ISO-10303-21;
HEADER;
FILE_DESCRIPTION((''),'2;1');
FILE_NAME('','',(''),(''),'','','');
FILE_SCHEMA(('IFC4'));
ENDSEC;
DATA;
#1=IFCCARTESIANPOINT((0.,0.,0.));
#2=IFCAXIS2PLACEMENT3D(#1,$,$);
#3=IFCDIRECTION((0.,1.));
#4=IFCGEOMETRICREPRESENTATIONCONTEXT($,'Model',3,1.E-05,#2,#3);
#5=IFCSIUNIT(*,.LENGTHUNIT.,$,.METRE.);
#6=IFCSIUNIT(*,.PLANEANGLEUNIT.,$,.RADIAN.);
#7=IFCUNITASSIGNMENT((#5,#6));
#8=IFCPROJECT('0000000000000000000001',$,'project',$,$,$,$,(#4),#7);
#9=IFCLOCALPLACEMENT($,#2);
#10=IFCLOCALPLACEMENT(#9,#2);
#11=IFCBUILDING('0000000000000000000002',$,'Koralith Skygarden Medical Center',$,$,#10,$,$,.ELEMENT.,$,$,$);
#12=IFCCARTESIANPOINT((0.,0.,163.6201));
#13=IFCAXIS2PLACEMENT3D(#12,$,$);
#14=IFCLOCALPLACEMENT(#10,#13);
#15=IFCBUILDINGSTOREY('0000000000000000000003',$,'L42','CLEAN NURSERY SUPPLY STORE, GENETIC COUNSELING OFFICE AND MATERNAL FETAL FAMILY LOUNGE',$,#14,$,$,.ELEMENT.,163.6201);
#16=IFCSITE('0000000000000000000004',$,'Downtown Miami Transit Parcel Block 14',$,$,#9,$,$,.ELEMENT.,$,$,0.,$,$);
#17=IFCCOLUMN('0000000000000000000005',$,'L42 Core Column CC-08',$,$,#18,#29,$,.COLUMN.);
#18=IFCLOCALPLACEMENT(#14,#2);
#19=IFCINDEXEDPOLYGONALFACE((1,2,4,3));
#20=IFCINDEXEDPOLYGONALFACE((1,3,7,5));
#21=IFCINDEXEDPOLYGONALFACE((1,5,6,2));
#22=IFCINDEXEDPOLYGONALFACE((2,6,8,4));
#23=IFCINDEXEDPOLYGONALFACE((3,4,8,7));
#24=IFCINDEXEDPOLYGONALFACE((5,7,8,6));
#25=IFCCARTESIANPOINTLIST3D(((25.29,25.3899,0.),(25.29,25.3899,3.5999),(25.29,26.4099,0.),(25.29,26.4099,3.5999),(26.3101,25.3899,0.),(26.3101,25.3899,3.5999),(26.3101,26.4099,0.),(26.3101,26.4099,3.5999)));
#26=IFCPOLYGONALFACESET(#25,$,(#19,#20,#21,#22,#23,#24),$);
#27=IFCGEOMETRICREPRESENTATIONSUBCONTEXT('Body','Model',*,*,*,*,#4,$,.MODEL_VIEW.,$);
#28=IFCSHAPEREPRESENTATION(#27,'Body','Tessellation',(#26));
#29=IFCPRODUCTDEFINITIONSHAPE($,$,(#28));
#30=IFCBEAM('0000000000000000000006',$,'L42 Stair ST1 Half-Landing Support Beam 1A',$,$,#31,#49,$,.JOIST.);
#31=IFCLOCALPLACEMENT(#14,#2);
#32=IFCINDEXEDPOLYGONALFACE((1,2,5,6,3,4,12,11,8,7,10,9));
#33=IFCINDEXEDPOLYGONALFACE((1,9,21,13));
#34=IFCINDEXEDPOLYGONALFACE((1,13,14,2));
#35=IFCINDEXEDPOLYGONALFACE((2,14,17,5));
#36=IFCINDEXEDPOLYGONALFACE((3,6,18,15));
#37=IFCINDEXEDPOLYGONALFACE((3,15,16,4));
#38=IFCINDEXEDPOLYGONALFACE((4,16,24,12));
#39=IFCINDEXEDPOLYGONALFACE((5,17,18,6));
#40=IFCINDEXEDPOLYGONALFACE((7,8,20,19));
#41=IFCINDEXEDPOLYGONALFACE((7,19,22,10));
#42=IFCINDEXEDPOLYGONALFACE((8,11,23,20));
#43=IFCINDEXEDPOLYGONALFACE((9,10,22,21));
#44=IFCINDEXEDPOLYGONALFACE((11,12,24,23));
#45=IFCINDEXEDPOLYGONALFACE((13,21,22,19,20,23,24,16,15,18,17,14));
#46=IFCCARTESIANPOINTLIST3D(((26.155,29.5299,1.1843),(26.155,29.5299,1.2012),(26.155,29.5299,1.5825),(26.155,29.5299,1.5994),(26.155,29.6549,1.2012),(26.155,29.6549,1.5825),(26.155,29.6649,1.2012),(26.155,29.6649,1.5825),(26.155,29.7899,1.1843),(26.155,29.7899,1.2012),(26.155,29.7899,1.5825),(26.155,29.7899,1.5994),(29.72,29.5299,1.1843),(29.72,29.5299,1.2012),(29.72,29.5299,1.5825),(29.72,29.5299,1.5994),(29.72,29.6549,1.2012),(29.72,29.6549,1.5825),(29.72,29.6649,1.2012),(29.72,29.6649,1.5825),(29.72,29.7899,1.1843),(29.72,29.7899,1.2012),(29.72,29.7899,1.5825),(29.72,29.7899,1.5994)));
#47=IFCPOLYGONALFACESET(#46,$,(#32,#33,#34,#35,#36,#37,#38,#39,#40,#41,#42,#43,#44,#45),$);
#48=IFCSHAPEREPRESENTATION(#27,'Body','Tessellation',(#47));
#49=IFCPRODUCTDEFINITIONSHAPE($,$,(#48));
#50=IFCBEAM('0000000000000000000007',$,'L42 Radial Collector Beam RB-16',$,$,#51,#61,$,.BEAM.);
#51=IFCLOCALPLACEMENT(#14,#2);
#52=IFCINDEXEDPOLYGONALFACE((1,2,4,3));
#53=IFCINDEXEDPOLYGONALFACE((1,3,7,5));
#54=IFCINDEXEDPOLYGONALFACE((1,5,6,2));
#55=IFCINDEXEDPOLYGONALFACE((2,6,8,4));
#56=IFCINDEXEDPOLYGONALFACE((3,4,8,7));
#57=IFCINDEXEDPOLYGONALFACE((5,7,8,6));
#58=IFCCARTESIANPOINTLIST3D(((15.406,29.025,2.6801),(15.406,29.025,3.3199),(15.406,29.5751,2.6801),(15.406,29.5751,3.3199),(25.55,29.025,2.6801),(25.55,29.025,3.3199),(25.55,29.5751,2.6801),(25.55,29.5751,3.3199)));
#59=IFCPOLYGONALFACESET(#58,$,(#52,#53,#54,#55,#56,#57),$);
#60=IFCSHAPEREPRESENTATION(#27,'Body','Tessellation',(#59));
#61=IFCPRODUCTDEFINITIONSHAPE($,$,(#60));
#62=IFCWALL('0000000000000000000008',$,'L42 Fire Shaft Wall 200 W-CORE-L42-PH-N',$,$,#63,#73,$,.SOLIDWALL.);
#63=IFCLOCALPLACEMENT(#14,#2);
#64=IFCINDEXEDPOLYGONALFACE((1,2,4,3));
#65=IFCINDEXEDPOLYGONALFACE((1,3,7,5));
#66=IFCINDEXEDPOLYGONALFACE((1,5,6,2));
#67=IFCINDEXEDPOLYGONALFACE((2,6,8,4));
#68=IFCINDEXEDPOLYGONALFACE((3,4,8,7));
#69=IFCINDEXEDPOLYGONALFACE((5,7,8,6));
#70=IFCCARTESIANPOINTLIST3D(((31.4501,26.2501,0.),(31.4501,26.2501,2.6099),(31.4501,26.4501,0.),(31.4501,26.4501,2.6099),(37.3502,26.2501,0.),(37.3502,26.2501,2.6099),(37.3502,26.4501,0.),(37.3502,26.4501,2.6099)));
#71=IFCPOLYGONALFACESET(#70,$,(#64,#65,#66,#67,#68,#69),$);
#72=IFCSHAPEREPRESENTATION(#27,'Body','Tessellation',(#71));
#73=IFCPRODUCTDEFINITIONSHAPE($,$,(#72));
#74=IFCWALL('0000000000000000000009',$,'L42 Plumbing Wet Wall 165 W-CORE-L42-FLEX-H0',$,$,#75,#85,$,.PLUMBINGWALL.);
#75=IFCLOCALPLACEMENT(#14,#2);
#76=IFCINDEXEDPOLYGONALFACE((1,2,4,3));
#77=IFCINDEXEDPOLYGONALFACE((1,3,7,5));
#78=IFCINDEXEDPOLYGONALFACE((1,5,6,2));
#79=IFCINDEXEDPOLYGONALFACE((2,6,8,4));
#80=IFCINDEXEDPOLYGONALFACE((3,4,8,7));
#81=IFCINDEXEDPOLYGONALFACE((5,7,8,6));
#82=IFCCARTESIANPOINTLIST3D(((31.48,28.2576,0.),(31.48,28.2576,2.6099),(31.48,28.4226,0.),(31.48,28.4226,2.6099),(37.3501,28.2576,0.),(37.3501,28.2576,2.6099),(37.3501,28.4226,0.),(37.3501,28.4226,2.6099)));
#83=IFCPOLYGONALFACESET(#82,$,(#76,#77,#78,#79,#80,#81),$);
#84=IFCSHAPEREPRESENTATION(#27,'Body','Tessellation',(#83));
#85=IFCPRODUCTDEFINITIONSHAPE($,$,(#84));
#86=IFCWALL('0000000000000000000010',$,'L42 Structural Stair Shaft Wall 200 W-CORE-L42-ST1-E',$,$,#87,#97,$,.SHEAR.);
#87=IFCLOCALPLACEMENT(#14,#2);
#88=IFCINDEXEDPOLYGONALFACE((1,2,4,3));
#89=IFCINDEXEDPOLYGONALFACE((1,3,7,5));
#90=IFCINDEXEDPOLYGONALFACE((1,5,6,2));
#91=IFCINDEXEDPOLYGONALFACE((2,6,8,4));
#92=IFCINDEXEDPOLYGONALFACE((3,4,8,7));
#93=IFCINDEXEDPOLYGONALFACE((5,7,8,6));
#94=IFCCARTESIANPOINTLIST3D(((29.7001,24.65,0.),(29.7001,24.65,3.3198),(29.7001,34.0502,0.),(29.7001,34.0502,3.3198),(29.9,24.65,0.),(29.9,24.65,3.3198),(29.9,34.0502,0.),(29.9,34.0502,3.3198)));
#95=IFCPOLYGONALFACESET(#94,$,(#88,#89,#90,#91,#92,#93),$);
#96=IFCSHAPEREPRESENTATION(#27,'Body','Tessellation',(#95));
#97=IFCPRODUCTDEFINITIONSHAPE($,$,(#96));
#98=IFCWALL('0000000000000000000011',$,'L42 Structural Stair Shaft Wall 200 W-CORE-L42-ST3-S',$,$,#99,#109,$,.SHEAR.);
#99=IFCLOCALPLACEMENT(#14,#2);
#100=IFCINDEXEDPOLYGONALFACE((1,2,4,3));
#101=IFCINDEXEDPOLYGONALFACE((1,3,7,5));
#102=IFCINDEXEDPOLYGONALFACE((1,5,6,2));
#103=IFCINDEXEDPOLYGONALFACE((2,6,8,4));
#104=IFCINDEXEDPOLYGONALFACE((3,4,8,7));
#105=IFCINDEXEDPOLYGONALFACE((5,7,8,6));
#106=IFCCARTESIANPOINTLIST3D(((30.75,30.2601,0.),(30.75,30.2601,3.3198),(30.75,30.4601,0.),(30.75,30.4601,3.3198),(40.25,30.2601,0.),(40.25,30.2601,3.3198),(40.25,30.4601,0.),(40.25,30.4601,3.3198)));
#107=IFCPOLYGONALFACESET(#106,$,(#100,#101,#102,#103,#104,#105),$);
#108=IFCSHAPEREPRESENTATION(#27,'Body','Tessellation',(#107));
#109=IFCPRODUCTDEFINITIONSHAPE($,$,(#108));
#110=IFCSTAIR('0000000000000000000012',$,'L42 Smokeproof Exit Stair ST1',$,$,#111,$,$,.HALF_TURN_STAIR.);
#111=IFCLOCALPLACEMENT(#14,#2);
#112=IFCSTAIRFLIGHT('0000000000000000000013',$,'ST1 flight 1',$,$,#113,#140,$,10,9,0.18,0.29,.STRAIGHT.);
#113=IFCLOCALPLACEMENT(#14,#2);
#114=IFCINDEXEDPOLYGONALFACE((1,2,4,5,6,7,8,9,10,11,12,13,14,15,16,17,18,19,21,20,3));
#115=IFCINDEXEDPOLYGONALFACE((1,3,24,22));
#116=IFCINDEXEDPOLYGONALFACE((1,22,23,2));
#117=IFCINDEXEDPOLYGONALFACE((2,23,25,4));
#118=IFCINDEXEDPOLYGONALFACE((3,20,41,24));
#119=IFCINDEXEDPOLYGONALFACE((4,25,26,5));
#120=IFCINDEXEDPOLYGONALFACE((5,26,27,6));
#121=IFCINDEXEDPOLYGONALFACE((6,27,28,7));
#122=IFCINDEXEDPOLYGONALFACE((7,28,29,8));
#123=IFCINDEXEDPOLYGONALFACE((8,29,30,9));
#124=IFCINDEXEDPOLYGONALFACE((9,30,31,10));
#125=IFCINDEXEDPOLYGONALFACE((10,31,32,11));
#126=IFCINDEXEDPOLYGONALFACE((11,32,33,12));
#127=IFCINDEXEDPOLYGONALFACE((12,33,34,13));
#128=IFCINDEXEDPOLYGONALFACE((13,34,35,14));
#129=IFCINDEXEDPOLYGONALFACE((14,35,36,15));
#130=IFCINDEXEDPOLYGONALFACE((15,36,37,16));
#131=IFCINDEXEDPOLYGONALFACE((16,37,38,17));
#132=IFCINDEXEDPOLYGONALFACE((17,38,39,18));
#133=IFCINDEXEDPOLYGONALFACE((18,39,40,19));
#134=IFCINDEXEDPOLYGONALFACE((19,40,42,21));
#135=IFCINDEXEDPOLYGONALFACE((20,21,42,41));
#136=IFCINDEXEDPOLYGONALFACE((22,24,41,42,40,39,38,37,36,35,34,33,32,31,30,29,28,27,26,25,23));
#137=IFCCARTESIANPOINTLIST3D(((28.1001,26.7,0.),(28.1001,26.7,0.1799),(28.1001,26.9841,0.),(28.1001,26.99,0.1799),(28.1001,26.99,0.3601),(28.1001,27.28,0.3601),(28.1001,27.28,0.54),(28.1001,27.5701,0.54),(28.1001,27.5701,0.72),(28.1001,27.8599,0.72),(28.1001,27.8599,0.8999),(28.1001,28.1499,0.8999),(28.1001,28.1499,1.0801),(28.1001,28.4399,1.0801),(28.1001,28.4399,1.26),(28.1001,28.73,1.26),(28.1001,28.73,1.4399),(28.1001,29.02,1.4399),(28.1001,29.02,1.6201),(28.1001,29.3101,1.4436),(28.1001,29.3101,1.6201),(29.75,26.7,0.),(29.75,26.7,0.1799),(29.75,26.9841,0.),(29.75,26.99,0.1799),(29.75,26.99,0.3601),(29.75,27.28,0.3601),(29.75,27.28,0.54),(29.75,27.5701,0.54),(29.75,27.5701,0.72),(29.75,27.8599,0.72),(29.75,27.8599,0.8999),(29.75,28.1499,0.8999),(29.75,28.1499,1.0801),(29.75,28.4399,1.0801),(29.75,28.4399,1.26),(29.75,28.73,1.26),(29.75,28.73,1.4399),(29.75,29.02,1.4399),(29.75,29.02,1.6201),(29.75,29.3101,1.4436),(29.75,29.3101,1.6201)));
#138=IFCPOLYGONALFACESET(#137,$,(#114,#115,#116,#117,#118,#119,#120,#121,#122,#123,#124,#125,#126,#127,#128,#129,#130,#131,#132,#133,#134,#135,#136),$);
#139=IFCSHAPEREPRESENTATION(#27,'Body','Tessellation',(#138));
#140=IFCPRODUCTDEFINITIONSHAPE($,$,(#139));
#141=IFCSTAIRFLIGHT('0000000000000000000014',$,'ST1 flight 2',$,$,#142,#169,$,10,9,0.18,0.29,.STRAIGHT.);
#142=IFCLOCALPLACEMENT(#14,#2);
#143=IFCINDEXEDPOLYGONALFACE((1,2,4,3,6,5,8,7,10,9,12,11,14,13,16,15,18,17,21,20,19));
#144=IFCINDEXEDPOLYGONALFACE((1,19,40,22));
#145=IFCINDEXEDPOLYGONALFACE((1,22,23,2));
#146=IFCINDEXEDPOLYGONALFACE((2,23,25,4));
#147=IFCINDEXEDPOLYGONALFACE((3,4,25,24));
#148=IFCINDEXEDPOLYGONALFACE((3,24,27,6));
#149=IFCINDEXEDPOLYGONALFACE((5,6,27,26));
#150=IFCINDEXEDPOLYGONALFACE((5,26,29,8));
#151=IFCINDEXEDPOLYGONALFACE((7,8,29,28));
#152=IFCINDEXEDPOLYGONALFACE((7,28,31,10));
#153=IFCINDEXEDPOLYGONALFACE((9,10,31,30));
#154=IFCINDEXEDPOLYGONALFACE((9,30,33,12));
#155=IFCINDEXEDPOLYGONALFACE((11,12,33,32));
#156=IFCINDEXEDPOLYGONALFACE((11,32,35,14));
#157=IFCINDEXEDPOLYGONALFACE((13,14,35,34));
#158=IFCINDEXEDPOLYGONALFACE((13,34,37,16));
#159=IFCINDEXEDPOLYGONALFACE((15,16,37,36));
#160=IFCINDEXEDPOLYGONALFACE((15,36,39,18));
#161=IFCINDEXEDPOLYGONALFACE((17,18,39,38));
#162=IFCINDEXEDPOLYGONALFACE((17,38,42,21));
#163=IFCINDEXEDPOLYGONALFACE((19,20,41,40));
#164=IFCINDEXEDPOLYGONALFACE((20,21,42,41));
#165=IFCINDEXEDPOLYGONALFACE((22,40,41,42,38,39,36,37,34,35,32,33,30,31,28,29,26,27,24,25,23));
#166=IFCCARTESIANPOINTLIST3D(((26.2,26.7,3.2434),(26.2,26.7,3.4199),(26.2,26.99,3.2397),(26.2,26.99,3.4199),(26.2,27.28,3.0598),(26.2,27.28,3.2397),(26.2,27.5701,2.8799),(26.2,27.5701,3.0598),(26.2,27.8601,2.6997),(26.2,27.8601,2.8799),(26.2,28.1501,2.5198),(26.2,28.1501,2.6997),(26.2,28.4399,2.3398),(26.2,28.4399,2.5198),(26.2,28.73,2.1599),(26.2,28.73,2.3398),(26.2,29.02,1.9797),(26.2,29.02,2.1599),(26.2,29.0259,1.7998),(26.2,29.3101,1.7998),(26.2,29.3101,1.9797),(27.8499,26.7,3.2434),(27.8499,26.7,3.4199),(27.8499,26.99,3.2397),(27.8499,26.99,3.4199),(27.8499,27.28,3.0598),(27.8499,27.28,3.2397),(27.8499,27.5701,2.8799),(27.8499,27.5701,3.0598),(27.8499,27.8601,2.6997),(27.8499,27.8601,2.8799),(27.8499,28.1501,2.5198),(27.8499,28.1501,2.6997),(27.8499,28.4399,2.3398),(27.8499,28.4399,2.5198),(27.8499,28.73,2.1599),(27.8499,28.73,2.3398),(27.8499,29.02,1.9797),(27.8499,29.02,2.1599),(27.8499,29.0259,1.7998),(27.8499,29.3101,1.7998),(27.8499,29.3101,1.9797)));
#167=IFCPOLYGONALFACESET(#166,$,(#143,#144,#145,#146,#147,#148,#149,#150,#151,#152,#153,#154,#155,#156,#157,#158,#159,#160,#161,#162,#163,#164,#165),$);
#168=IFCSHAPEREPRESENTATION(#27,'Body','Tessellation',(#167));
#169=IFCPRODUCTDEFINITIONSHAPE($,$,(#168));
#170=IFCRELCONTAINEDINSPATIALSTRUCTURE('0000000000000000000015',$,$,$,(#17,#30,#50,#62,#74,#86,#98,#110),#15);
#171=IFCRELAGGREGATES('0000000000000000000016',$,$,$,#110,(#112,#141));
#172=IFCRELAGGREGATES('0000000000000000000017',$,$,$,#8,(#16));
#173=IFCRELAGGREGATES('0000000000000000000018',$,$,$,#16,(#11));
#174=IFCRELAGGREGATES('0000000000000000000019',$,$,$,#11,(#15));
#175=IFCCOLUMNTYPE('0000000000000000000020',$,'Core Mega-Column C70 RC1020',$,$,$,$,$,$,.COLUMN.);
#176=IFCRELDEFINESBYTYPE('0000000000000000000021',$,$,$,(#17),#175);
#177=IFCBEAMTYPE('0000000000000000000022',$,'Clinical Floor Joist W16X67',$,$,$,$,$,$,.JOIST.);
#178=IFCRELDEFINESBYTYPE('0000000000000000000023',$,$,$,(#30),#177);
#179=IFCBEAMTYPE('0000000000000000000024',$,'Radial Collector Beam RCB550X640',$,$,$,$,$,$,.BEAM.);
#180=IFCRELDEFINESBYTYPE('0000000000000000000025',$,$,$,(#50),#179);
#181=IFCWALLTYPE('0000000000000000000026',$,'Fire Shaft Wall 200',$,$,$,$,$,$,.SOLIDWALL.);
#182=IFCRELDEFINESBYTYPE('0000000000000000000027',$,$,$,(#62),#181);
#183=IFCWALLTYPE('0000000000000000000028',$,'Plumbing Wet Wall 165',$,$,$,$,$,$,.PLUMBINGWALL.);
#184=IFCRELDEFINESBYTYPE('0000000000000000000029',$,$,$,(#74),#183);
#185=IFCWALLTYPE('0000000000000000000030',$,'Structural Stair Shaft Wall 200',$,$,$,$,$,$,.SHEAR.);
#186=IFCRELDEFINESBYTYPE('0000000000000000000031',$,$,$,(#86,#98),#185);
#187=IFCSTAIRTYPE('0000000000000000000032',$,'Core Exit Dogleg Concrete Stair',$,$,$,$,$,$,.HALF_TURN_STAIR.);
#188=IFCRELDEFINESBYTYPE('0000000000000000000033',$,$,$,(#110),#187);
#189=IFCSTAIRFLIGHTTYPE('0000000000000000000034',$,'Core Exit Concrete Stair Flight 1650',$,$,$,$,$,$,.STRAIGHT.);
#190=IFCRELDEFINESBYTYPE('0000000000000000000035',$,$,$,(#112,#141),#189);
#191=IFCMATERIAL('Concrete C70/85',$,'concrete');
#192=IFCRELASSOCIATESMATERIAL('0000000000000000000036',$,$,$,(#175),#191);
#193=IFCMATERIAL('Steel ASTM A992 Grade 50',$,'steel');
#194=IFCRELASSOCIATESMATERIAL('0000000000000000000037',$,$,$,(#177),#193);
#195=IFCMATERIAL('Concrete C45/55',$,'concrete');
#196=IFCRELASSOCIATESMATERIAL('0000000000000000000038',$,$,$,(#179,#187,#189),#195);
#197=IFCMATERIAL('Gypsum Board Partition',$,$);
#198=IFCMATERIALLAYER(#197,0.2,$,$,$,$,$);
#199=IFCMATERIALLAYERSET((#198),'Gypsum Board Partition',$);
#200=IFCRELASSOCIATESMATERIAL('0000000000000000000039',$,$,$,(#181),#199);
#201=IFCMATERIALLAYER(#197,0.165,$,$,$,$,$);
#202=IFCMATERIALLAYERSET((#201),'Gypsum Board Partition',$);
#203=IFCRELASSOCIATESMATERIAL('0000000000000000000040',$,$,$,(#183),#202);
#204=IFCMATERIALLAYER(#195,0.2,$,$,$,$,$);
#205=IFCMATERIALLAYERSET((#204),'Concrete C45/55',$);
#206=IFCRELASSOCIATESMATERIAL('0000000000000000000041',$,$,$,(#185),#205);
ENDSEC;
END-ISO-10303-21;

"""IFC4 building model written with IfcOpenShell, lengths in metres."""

from ifc_helpers import new_model, si_unit, direction, frame, frame_2d, origin, origin_2d, place, context, subcontext, project, spatial, polyline, rectangle, i_section, outline, extrude, material, layer, layer_set, material_profile, profile_set, type_object, element, aggregate, save


model = new_model("IFC4")

# Units and contexts
model_context = context("Model", 3, precision=1e-05, world=origin(), true_north=direction((0.0, 1.0)))
body_context = subcontext(model_context, "Body", "Model", "MODEL_VIEW")
ifc_project = project(units=[si_unit("LENGTHUNIT", "METRE"), si_unit("PLANEANGLEUNIT", "RADIAN")], contexts=[model_context])

# Site, building, storey
site_placement = place(None, origin())
site = spatial("IfcSite", under=ifc_project, at=site_placement, Name="Downtown Miami Transit Parcel Block 14", CompositionType="ELEMENT", RefElevation=0.0)
building_placement = place(site_placement, origin())
building = spatial("IfcBuilding", under=site, at=building_placement, Name="Koralith Skygarden Medical Center", CompositionType="ELEMENT")
storey_placement = place(building_placement, frame((0.0, 0.0, 163.6201)))
storey = spatial("IfcBuildingStorey", under=building, at=storey_placement, Name="L42", Description="CLEAN NURSERY SUPPLY STORE, GENETIC COUNSELING OFFICE AND MATERNAL FETAL FAMILY LOUNGE", CompositionType="ELEMENT", Elevation=163.6201)

# Column
ifc_material_1 = material(Name="Concrete C70/85", Category="concrete")
ifc_material_profile_1 = material_profile(ifc_material_1, rectangle(XDim=1.02, YDim=1.02, at=origin_2d()), Name="RC1020X1020")
ifc_profile_set_1 = profile_set([ifc_material_profile_1], Name="Concrete C70/85")
column_type = type_object("IfcColumnType", Name="Core Mega-Column C70 RC1020", PredefinedType="COLUMN", material=ifc_profile_set_1)
column_placement = place(storey_placement, frame((25.8, 25.8999, 0.0), z_axis=(0.0, 0.0, 1.0), x_axis=(1.0, 0.0, 0.0)))
element("IfcColumn", 1, at=column_placement, inside=storey, type_object=column_type, Name="L42 Core Column CC-08", PredefinedType="COLUMN", context=body_context, shape_type="SweptSolid", body=[
    extrude(rectangle(XDim=1.02, YDim=1.02, at=origin_2d()), origin(), (0.0, 0.0, 1.0), 3.5999),
])

# Beams
ifc_material_2 = material(Name="Steel ASTM A992 Grade 50", Category="steel")
ifc_material_profile_2 = material_profile(ifc_material_2, i_section(OverallWidth=0.26, OverallDepth=0.415, WebThickness=0.01, FlangeThickness=0.0168, at=origin_2d()), Name="W16X67")
ifc_profile_set_2 = profile_set([ifc_material_profile_2], Name="Steel ASTM A992 Grade 50")
beam_type_1 = type_object("IfcBeamType", Name="Clinical Floor Joist W16X67", PredefinedType="JOIST", material=ifc_profile_set_2)
beam_1_placement = place(storey_placement, frame((26.155, 29.6599, 1.3918), z_axis=(1.0, 0.0, 0.0), x_axis=(0.0, 1.0, 0.0)))
element("IfcBeam", 2, at=beam_1_placement, inside=storey, type_object=beam_type_1, Name="L42 Stair ST1 Half-Landing Support Beam 1A", PredefinedType="JOIST", context=body_context, shape_type="SweptSolid", body=[
    extrude(i_section(OverallWidth=0.26, OverallDepth=0.415, WebThickness=0.01, FlangeThickness=0.0168, at=origin_2d()), origin(), (0.0, 0.0, 1.0), 3.5649),
])
ifc_material_3 = material(Name="Concrete C45/55", Category="concrete")
ifc_material_profile_3 = material_profile(ifc_material_3, rectangle(XDim=0.55, YDim=0.6399, at=origin_2d()), Name="RCB550X640")
ifc_profile_set_3 = profile_set([ifc_material_profile_3], Name="Concrete C45/55")
beam_type_2 = type_object("IfcBeamType", Name="Radial Collector Beam RCB550X640", PredefinedType="BEAM", material=ifc_profile_set_3)
beam_2_placement = place(storey_placement, frame((25.55, 29.3, 3.0), z_axis=(-1.0, 0.0, 0.0), x_axis=(0.0, -1.0, 0.0)))
element("IfcBeam", 3, at=beam_2_placement, inside=storey, type_object=beam_type_2, Name="L42 Radial Collector Beam RB-16", PredefinedType="BEAM", context=body_context, shape_type="SweptSolid", body=[
    extrude(rectangle(XDim=0.55, YDim=0.6399, at=origin_2d()), origin(), (0.0, 0.0, 1.0), 10.144),
])

# Wall
ifc_material_4 = material(Name="Gypsum Board Partition")
ifc_layer_1 = layer(ifc_material_4, 0.2)
ifc_layer_set_1 = layer_set([ifc_layer_1], Name="Gypsum Board Partition")
wall_type_1 = type_object("IfcWallType", Name="Fire Shaft Wall 200", PredefinedType="SOLIDWALL", material=ifc_layer_set_1)
wall_1_placement = place(storey_placement, frame((31.45, 26.3501, 0.0), z_axis=(0.0, 0.0, 1.0), x_axis=(1.0, 0.0, 0.0)))
element("IfcWall", 4, at=wall_1_placement, inside=storey, type_object=wall_type_1, Name="L42 Fire Shaft Wall 200 W-CORE-L42-PH-N", PredefinedType="SOLIDWALL", context=body_context, shape_type="SweptSolid", body=[
    extrude(rectangle(XDim=5.9001, YDim=0.2, at=frame_2d((2.9502, 0.0))), origin(), (0.0, 0.0, 1.0), 2.6099),
])

# Shared definitions
ifc_layer_2 = layer(ifc_material_4, 0.165)
ifc_layer_set_2 = layer_set([ifc_layer_2], Name="Gypsum Board Partition")
wall_type_2 = type_object("IfcWallType", Name="Plumbing Wet Wall 165", PredefinedType="PLUMBINGWALL", material=ifc_layer_set_2)

# Walls
wall_2_placement = place(storey_placement, frame((31.48, 28.3401, 0.0), z_axis=(0.0, 0.0, 1.0), x_axis=(1.0, 0.0, 0.0)))
element("IfcWall", 5, at=wall_2_placement, inside=storey, type_object=wall_type_2, Name="L42 Plumbing Wet Wall 165 W-CORE-L42-FLEX-H0", PredefinedType="PLUMBINGWALL", context=body_context, shape_type="SweptSolid", body=[
    extrude(rectangle(XDim=5.8701, YDim=0.165, at=frame_2d((2.9351, 0.0))), origin(), (0.0, 0.0, 1.0), 2.6099),
])
ifc_layer_3 = layer(ifc_material_3, 0.2)
ifc_layer_set_3 = layer_set([ifc_layer_3], Name="Concrete C45/55")
wall_type_3 = type_object("IfcWallType", Name="Structural Stair Shaft Wall 200", PredefinedType="SHEAR", material=ifc_layer_set_3)
wall_3_placement = place(storey_placement, frame((29.8, 24.6499, 0.0), z_axis=(0.0, 0.0, 1.0), x_axis=(0.0, 1.0, 0.0)))
element("IfcWall", 6, at=wall_3_placement, inside=storey, type_object=wall_type_3, Name="L42 Structural Stair Shaft Wall 200 W-CORE-L42-ST1-E", PredefinedType="SHEAR", context=body_context, shape_type="SweptSolid", body=[
    extrude(rectangle(XDim=9.4001, YDim=0.2, at=frame_2d((4.7002, 0.0))), origin(), (0.0, 0.0, 1.0), 3.3198),
])

# Wall
wall_4_placement = place(storey_placement, frame((30.75, 30.3601, 0.0), z_axis=(0.0, 0.0, 1.0), x_axis=(1.0, 0.0, 0.0)))
element("IfcWall", 7, at=wall_4_placement, inside=storey, type_object=wall_type_3, Name="L42 Structural Stair Shaft Wall 200 W-CORE-L42-ST3-S", PredefinedType="SHEAR", context=body_context, shape_type="SweptSolid", body=[
    extrude(rectangle(XDim=9.5, YDim=0.2, at=frame_2d((4.75, 0.0))), origin(), (0.0, 0.0, 1.0), 3.3198),
])

# Stair, stair flights
stair_type = type_object("IfcStairType", Name="Core Exit Dogleg Concrete Stair", PredefinedType="HALF_TURN_STAIR", material=ifc_material_3)
stair_placement = place(storey_placement, origin())
stair = element("IfcStair", 8, at=stair_placement, inside=storey, type_object=stair_type, Name="L42 Smokeproof Exit Stair ST1", PredefinedType="HALF_TURN_STAIR")
stair_flight_type = type_object("IfcStairFlightType", Name="Core Exit Concrete Stair Flight 1650", PredefinedType="STRAIGHT", material=ifc_material_3)
stair_flight_1_placement = place(storey_placement, frame((28.925, 26.7, 0.0), z_axis=(0.0, 0.0, 1.0), x_axis=(0.0, 1.0, 0.0)))
stair_flight_1 = element("IfcStairFlight", 9, at=stair_flight_1_placement, type_object=stair_flight_type, Name="ST1 flight 1", NumberOfRisers=10, NumberOfTreads=9, PredefinedType="STRAIGHT", RiserHeight=0.18, TreadLength=0.29, context=body_context, shape_type="SweptSolid", body=[
    extrude(outline(polyline([(0.0, 0.0), (0.0, 0.1799), (0.29, 0.1799), (0.29, 0.3601), (0.5801, 0.3601), (0.5801, 0.54), (0.8701, 0.54), (0.8701, 0.72), (1.1599, 0.72), (1.1599, 0.8999), (1.45, 0.8999), (1.45, 1.0801), (1.74, 1.0801), (1.74, 1.26), (2.03, 1.26), (2.03, 1.4399), (2.3201, 1.4399), (2.3201, 1.6201), (2.6101, 1.6201), (2.6101, 1.8), (2.6101, 1.4436), (0.2842, 0.0), (0.0, 0.0)])), frame((0.0, 0.825, 0.0), z_axis=(0.0, -1.0, 0.0), x_axis=(1.0, 0.0, 0.0)), (0.0, 0.0, 1.0), 1.6499),
])
stair_flight_2_placement = place(storey_placement, frame((27.0249, 29.3101, 1.7998), z_axis=(0.0, 0.0, 1.0), x_axis=(0.0, -1.0, 0.0)))
stair_flight_2 = element("IfcStairFlight", 10, at=stair_flight_2_placement, type_object=stair_flight_type, Name="ST1 flight 2", NumberOfRisers=10, NumberOfTreads=9, PredefinedType="STRAIGHT", RiserHeight=0.18, TreadLength=0.29, context=body_context, shape_type="SweptSolid", body=[
    extrude(outline(polyline([(0.0, 0.0), (0.0, 0.1799), (0.29, 0.1799), (0.29, 0.3601), (0.5801, 0.3601), (0.5801, 0.54), (0.8701, 0.54), (0.8701, 0.72), (1.1599, 0.72), (1.1599, 0.8999), (1.45, 0.8999), (1.45, 1.0801), (1.74, 1.0801), (1.74, 1.26), (2.03, 1.26), (2.03, 1.4399), (2.3201, 1.4399), (2.3201, 1.6201), (2.6101, 1.6201), (2.6101, 1.8), (2.6101, 1.4436), (0.2842, 0.0), (0.0, 0.0)])), frame((0.0, 0.825, 0.0), z_axis=(0.0, -1.0, 0.0), x_axis=(1.0, 0.0, 0.0)), (0.0, 0.0, 1.0), 1.6499),
])
aggregate(stair, [stair_flight_1, stair_flight_2])

save(model, "model.ifc")
